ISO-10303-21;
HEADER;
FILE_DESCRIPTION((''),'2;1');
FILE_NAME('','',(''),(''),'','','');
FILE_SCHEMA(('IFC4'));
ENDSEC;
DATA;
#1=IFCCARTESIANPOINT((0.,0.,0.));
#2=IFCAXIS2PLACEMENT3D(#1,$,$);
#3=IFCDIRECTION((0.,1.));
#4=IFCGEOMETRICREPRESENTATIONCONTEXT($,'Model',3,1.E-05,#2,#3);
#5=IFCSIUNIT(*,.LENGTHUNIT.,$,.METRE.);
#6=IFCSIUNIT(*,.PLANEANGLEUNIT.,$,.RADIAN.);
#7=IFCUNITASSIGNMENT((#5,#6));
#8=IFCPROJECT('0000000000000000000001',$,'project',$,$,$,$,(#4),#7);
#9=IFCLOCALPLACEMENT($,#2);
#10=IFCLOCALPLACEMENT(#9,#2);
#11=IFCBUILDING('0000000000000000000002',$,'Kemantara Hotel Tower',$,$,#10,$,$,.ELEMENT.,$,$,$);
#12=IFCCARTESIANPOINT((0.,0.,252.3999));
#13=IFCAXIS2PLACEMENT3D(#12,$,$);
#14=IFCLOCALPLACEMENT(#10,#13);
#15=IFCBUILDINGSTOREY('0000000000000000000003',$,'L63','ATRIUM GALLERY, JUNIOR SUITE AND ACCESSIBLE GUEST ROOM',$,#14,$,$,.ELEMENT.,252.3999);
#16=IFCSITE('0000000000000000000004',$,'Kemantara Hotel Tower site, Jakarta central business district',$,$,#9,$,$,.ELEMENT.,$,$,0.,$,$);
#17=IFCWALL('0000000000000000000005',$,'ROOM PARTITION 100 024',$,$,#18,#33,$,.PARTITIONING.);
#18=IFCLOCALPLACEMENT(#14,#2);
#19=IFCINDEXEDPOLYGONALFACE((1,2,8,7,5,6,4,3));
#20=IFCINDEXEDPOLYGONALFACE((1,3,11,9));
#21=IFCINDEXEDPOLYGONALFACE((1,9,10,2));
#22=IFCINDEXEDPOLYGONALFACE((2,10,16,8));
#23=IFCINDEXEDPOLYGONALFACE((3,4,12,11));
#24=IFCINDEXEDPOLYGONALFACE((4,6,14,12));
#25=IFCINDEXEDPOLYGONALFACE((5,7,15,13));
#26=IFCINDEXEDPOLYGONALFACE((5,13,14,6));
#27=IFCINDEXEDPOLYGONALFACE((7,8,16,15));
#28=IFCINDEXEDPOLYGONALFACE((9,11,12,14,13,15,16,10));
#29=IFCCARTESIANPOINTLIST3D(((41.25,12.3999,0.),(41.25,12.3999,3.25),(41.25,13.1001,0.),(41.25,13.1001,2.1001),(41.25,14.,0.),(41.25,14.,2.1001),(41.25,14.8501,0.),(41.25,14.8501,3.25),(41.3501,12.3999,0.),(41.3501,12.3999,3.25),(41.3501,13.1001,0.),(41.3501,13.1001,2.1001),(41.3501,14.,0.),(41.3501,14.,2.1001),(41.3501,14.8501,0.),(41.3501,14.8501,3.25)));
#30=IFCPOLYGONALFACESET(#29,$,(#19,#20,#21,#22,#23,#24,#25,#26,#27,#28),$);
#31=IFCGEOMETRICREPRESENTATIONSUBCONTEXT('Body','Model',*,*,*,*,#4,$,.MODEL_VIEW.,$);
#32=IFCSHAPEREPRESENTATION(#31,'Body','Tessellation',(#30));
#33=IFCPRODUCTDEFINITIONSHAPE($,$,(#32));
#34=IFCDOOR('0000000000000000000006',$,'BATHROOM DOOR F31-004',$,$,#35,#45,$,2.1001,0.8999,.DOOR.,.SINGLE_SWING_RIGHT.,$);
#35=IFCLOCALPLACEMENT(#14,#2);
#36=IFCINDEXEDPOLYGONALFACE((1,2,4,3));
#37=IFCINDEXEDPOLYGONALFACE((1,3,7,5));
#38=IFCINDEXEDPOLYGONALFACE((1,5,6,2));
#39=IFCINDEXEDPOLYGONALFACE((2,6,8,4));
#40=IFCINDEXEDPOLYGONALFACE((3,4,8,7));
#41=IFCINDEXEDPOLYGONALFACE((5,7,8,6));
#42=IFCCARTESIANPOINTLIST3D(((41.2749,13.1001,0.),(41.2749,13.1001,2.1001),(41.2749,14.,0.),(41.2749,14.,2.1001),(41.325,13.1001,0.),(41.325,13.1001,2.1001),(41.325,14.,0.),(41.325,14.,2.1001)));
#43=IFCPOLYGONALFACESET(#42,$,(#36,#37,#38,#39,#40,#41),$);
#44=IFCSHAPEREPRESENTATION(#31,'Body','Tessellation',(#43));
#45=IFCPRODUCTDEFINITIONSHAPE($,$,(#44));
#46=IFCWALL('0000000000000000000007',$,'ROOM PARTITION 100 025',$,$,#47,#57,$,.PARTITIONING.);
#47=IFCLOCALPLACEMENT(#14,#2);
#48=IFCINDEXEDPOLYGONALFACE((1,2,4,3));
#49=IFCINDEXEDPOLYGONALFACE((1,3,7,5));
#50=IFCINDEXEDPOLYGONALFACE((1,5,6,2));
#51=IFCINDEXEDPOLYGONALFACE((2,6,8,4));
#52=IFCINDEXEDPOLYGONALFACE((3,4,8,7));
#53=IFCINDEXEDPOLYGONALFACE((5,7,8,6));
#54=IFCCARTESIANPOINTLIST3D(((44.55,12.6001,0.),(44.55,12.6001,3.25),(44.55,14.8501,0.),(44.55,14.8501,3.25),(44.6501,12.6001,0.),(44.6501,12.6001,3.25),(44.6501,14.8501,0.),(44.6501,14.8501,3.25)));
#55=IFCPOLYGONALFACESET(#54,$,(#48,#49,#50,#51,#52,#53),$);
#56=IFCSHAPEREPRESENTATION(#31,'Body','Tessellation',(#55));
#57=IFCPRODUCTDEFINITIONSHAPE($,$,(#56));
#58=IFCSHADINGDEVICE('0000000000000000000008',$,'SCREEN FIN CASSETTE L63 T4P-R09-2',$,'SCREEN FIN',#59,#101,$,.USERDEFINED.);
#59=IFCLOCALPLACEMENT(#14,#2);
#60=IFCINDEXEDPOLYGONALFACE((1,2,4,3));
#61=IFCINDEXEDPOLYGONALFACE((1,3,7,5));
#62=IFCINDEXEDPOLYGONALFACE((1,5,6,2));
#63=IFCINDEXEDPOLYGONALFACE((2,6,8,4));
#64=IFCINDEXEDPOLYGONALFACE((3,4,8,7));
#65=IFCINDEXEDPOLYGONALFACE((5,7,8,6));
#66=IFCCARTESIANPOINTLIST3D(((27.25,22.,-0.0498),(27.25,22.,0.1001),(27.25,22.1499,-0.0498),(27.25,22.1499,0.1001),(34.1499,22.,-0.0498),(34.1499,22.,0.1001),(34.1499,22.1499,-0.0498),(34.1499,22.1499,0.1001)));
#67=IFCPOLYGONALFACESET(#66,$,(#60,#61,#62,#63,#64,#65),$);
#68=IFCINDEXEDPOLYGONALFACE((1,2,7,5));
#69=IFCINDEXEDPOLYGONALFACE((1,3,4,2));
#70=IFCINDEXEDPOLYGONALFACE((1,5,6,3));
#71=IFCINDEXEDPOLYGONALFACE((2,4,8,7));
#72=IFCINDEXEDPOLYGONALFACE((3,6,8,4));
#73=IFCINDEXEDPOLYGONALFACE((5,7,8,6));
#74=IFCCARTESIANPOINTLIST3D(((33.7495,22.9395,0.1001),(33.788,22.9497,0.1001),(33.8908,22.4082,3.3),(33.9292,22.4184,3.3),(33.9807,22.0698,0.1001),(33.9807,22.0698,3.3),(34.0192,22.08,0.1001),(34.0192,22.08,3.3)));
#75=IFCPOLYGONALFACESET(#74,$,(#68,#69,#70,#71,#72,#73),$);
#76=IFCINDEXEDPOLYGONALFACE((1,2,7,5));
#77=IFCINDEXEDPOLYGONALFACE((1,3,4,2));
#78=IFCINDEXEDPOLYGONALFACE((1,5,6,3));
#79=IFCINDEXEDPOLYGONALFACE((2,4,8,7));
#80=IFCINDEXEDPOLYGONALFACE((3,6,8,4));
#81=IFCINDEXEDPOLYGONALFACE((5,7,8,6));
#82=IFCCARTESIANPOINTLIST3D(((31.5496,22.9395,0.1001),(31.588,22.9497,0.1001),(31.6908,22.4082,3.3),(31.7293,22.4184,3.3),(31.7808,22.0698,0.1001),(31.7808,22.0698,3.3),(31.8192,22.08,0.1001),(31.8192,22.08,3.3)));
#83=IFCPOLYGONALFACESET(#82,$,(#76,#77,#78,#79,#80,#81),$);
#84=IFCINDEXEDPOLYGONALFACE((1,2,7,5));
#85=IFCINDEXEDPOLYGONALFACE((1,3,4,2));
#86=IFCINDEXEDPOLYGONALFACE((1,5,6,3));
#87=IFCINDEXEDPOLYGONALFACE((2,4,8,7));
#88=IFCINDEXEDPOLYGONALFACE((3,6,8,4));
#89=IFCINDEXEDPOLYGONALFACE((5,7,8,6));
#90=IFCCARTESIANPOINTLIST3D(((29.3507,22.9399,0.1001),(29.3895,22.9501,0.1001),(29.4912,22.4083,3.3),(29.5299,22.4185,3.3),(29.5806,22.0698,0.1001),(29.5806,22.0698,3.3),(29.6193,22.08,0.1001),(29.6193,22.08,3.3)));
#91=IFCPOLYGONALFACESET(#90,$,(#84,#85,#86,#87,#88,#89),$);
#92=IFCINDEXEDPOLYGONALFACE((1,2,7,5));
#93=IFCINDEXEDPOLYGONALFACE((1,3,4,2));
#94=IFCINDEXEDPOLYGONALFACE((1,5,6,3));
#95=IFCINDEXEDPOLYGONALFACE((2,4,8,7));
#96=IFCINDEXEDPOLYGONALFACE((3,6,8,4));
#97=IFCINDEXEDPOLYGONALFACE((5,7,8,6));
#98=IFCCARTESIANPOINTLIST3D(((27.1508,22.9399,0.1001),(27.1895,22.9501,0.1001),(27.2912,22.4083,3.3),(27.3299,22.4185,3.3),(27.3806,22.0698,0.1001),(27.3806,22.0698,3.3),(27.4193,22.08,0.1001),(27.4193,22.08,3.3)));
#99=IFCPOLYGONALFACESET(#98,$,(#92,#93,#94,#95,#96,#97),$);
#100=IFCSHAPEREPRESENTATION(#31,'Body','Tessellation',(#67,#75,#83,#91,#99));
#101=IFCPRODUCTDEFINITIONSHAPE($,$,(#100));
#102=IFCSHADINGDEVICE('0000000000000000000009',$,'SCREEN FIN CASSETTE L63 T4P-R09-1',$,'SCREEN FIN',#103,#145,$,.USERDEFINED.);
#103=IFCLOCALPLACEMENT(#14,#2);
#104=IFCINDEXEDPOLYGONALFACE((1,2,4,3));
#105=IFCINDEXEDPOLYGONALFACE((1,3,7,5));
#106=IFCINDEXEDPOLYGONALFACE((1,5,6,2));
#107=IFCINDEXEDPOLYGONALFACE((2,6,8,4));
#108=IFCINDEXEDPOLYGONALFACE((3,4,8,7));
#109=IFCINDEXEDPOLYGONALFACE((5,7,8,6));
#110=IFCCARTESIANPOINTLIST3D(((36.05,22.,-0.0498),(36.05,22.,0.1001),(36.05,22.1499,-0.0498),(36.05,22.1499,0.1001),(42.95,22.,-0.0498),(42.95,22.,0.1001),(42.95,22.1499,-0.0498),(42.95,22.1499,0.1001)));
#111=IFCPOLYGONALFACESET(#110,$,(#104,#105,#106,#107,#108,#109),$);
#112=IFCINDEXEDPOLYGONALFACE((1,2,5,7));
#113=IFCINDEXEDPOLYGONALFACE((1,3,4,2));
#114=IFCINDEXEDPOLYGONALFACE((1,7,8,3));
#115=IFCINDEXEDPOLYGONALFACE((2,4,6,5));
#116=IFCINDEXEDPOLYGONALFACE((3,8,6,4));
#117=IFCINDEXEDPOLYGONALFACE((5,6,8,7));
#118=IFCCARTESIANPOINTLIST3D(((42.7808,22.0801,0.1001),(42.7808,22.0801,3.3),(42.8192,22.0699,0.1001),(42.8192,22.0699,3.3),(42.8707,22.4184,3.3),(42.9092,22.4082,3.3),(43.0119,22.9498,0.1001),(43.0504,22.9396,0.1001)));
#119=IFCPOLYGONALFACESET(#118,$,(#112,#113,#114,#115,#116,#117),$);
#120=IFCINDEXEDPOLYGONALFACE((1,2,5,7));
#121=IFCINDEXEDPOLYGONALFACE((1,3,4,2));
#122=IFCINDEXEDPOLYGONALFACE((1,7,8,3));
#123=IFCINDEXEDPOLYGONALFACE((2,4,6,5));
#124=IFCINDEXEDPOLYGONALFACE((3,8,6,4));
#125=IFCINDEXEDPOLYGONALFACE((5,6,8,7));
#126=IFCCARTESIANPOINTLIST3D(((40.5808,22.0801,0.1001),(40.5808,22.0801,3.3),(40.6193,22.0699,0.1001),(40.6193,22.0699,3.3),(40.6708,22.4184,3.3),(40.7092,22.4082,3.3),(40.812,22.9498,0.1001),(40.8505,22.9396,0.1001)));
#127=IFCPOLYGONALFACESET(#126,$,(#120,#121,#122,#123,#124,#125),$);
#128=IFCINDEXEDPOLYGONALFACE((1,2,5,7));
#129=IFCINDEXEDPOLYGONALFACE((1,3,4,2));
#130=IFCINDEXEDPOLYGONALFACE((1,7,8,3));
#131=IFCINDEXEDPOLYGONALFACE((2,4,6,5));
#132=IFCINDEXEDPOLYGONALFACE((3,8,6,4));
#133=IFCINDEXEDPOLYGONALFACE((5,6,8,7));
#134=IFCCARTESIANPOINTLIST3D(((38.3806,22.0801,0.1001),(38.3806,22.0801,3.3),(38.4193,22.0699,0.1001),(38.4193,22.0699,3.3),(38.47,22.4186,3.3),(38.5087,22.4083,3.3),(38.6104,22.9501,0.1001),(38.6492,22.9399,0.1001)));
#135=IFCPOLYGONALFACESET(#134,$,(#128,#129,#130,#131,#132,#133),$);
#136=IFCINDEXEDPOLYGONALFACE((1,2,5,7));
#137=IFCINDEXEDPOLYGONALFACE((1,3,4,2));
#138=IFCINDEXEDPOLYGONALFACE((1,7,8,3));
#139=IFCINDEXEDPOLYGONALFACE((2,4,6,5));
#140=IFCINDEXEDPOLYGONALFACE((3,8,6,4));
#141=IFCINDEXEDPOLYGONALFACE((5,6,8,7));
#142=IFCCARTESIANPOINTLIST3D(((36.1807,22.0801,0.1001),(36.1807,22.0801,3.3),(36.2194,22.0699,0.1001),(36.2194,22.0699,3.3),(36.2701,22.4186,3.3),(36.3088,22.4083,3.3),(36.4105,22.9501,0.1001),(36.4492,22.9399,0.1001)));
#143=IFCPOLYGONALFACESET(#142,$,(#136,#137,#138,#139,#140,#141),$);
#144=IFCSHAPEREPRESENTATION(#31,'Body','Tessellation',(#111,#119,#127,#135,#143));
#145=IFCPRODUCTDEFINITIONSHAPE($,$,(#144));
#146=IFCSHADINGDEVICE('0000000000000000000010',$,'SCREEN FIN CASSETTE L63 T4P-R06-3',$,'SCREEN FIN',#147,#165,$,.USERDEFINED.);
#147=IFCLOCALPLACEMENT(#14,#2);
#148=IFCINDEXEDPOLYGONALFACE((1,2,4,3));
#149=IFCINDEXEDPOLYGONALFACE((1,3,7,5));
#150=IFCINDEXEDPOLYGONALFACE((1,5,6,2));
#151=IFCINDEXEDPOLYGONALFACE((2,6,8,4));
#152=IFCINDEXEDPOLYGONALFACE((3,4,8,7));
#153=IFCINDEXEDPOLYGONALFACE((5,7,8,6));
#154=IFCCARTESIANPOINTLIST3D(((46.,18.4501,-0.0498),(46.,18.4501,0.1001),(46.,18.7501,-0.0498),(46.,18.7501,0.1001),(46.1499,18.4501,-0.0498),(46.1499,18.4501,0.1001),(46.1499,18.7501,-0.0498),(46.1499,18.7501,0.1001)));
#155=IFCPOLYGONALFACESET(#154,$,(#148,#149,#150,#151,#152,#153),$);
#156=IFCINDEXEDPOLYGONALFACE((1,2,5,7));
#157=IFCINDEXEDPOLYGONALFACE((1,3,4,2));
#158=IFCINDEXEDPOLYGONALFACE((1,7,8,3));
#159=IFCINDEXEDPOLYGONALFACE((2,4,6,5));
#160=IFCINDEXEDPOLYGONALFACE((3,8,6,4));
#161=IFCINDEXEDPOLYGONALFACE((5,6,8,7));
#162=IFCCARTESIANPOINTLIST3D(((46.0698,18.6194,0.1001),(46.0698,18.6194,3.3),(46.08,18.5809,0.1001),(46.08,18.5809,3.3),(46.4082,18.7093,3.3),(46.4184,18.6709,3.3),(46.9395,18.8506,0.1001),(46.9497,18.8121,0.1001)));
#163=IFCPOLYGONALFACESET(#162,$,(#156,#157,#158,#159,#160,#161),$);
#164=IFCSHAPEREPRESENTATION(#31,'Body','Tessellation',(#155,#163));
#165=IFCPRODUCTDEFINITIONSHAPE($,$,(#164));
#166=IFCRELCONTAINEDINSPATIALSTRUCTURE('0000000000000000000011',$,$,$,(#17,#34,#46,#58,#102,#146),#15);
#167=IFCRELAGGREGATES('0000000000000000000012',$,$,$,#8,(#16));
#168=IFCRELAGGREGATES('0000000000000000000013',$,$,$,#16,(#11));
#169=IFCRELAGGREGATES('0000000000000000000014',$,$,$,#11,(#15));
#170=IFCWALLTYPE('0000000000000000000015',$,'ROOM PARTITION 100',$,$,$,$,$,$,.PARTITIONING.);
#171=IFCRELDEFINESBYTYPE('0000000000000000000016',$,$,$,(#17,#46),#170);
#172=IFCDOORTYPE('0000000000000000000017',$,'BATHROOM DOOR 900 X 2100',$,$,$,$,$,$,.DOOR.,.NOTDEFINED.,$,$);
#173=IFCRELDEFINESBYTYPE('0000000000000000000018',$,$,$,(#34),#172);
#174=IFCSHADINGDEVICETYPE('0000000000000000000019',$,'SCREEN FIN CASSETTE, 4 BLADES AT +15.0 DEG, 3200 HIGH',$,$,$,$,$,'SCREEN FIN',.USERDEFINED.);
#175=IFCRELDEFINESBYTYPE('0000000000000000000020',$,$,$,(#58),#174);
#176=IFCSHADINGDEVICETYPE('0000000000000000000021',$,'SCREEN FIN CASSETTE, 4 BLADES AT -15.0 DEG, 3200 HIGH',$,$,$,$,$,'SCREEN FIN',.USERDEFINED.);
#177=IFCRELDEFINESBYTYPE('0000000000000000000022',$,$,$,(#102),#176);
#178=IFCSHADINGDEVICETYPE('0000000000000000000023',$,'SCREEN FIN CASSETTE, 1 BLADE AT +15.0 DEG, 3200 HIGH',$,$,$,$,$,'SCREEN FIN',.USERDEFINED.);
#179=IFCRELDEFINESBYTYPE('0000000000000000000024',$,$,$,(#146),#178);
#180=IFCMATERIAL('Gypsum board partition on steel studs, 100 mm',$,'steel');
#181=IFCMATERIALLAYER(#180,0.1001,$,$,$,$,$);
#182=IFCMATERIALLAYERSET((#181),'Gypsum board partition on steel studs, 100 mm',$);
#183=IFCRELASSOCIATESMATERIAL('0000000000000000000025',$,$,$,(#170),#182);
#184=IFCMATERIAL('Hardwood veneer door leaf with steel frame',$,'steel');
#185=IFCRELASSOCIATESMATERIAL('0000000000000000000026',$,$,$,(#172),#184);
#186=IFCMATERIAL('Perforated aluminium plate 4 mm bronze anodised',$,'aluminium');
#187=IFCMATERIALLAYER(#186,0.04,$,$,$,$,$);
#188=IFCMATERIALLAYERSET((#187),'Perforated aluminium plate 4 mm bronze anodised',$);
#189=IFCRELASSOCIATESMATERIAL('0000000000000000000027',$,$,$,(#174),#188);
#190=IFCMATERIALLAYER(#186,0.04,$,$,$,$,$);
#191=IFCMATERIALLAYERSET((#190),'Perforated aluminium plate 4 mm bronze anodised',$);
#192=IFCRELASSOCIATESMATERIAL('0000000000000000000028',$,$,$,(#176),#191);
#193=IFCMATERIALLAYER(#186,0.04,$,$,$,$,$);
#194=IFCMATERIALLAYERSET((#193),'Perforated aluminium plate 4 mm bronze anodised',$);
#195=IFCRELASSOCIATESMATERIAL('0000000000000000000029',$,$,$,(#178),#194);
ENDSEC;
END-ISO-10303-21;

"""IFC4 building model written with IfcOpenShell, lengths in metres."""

from ifc_helpers import new_model, si_unit, direction, frame, frame_2d, origin, origin_2d, place, context, subcontext, project, spatial, polyline, rectangle, outline, extrude, source, transform, mapped, material, layer, layer_set, type_object, element, fill, save


model = new_model("IFC4")

# Units and contexts
model_context = context("Model", 3, precision=1e-05, world=origin(), true_north=direction((0.0, 1.0)))
body_context = subcontext(model_context, "Body", "Model", "MODEL_VIEW")
ifc_project = project(units=[si_unit("LENGTHUNIT", "METRE"), si_unit("PLANEANGLEUNIT", "RADIAN")], contexts=[model_context])

# Site, building, storey
site_placement = place(None, origin())
site = spatial("IfcSite", under=ifc_project, at=site_placement, Name="Kemantara Hotel Tower site, Jakarta central business district", CompositionType="ELEMENT", RefElevation=0.0)
building_placement = place(site_placement, origin())
building = spatial("IfcBuilding", under=site, at=building_placement, Name="Kemantara Hotel Tower", CompositionType="ELEMENT")
storey_placement = place(building_placement, frame((0.0, 0.0, 252.3999)))
storey = spatial("IfcBuildingStorey", under=building, at=storey_placement, Name="L63", Description="ATRIUM GALLERY, JUNIOR SUITE AND ACCESSIBLE GUEST ROOM", CompositionType="ELEMENT", Elevation=252.3999)

# Shared definitions
ifc_material_1 = material(Name="Gypsum board partition on steel studs, 100 mm", Category="steel")
ifc_layer_1 = layer(ifc_material_1, 0.1001)
ifc_layer_set_1 = layer_set([ifc_layer_1], Name="Gypsum board partition on steel studs, 100 mm")
wall_type_1 = type_object("IfcWallType", Name="ROOM PARTITION 100", PredefinedType="PARTITIONING", material=ifc_layer_set_1)

# Wall, opening, door
wall_1_placement = place(storey_placement, frame((41.3, 14.8501, 0.0), z_axis=(0.0, 0.0, 1.0), x_axis=(0.0, -1.0, 0.0)))
wall_1 = element("IfcWall", 1, at=wall_1_placement, inside=storey, type_object=wall_type_1, Name="ROOM PARTITION 100 024", PredefinedType="PARTITIONING", context=body_context, shape_type="SweptSolid", body=[
    extrude(rectangle(XDim=2.4502, YDim=0.1001, at=frame_2d((1.2251, 0.0))), origin(), (0.0, 0.0, 1.0), 3.25),
])
opening_placement = place(wall_1_placement, frame((0.8501, 0.0, 0.0)))
opening = element("IfcOpeningElement", 2, at=opening_placement, cuts=wall_1, PredefinedType="OPENING", context=body_context, shape_type="SweptSolid", body=[
    extrude(rectangle(XDim=0.8999, YDim=2.1001, at=frame_2d((0.45, 1.05))), frame((0.0, 0.0601, 0.0), z_axis=(0.0, -1.0, 0.0), x_axis=(1.0, 0.0, 0.0)), (0.0, 0.0, 1.0), 0.1201),
])
ifc_material_2 = material(Name="Hardwood veneer door leaf with steel frame", Category="steel")
door_type = type_object("IfcDoorType", Name="BATHROOM DOOR 900 X 2100", OperationType="NOTDEFINED", PredefinedType="DOOR", material=ifc_material_2)
door_placement = place(opening_placement, origin())
door = element("IfcDoor", 3, at=door_placement, inside=storey, type_object=door_type, Name="BATHROOM DOOR F31-004", OperationType="SINGLE_SWING_RIGHT", OverallHeight=2.1001, OverallWidth=0.8999, PredefinedType="DOOR", context=body_context, shape_type="SweptSolid", body=[
    extrude(rectangle(XDim=0.8999, YDim=2.1001, at=frame_2d((0.45, 1.05))), frame((0.0, 0.0249, 0.0), z_axis=(0.0, -1.0, 0.0), x_axis=(1.0, 0.0, 0.0)), (0.0, 0.0, 1.0), 0.05),
])
fill(opening, door)

# Wall
wall_2_placement = place(storey_placement, frame((44.6001, 12.6001, 0.0), z_axis=(0.0, 0.0, 1.0), x_axis=(0.0, 1.0, 0.0)))
element("IfcWall", 4, at=wall_2_placement, inside=storey, type_object=wall_type_1, Name="ROOM PARTITION 100 025", PredefinedType="PARTITIONING", context=body_context, shape_type="SweptSolid", body=[
    extrude(rectangle(XDim=2.25, YDim=0.1001, at=frame_2d((1.125, 0.0))), origin(), (0.0, 0.0, 1.0), 3.25),
])

# Shading devices
ifc_material_3 = material(Name="Perforated aluminium plate 4 mm bronze anodised", Category="aluminium")
ifc_layer_2 = layer(ifc_material_3, 0.04)
ifc_layer_set_2 = layer_set([ifc_layer_2], Name="Perforated aluminium plate 4 mm bronze anodised")
shading_device_type_1 = type_object("IfcShadingDeviceType", Name="SCREEN FIN CASSETTE, 4 BLADES AT +15.0 DEG, 3200 HIGH", ElementType="SCREEN FIN", PredefinedType="USERDEFINED", material=ifc_layer_set_2)
shared_shape_1 = source(origin(), body_context, "Body", "SweptSolid", [
    extrude(rectangle(XDim=6.8999, YDim=0.1499, at=origin_2d()), frame((3.3, -0.075, -0.1499), z_axis=(0.0, 0.0, 1.0), x_axis=(1.0, 0.0, 0.0)), (0.0, 0.0, 1.0), 0.1499),
    extrude(outline(polyline([(0.0, 0.0), (0.8999, 0.0), (0.3501, 3.2), (0.0, 3.2), (0.0, 0.0)])), frame((0.0193, -0.0698, 0.0), z_axis=(-0.966438, -0.256901, 0.0), x_axis=(0.256901, -0.966438, 0.0)), (0.0, 0.0, 1.0), 0.0398),
    extrude(outline(polyline([(0.0, 0.0), (0.8999, 0.0), (0.3501, 3.2), (0.0, 3.2), (0.0, 0.0)])), frame((2.2192, -0.0698, 0.0), z_axis=(-0.966438, -0.256901, 0.0), x_axis=(0.256901, -0.966438, 0.0)), (0.0, 0.0, 1.0), 0.0398),
    extrude(outline(polyline([(0.0, 0.0), (0.8999, 0.0), (0.3501, 3.2), (0.0, 3.2), (0.0, 0.0)])), frame((4.4194, -0.0698, 0.0), z_axis=(-0.966838, -0.255391, 0.0), x_axis=(0.255391, -0.966838, 0.0)), (0.0, 0.0, 1.0), 0.04),
    extrude(outline(polyline([(0.0, 0.0), (0.8999, 0.0), (0.3501, 3.2), (0.0, 3.2), (0.0, 0.0)])), frame((6.6194, -0.0698, 0.0), z_axis=(-0.966838, -0.255391, 0.0), x_axis=(0.255391, -0.966838, 0.0)), (0.0, 0.0, 1.0), 0.04),
])
shading_device_1_placement = place(storey_placement, frame((34.0, 22.0, 0.1001), z_axis=(0.0, 0.0, 1.0), x_axis=(-1.0, 0.0, 0.0)))
element("IfcShadingDevice", 5, at=shading_device_1_placement, inside=storey, type_object=shading_device_type_1, Name="SCREEN FIN CASSETTE L63 T4P-R09-2", ObjectType="SCREEN FIN", PredefinedType="USERDEFINED", context=body_context, shape_type="MappedRepresentation", body=[
    mapped(shared_shape_1, transform((0.0, 0.0, 0.0))),
])
ifc_layer_3 = layer(ifc_material_3, 0.04)
ifc_layer_set_3 = layer_set([ifc_layer_3], Name="Perforated aluminium plate 4 mm bronze anodised")
shading_device_type_2 = type_object("IfcShadingDeviceType", Name="SCREEN FIN CASSETTE, 4 BLADES AT -15.0 DEG, 3200 HIGH", ElementType="SCREEN FIN", PredefinedType="USERDEFINED", material=ifc_layer_set_3)
shared_shape_2 = source(origin(), body_context, "Body", "SweptSolid", [
    extrude(rectangle(XDim=6.8999, YDim=0.1499, at=origin_2d()), frame((3.3, -0.075, -0.1499), z_axis=(0.0, 0.0, 1.0), x_axis=(1.0, 0.0, 0.0)), (0.0, 0.0, 1.0), 0.1499),
    extrude(outline(polyline([(0.0, 0.0), (0.8999, 0.0), (0.3501, 3.2), (0.0, 3.2), (0.0, 0.0)])), frame((0.0193, -0.0801, 0.0), z_axis=(-0.966438, 0.256901, 0.0), x_axis=(-0.256901, -0.966438, 0.0)), (0.0, 0.0, 1.0), 0.0398),
    extrude(outline(polyline([(0.0, 0.0), (0.8999, 0.0), (0.3501, 3.2), (0.0, 3.2), (0.0, 0.0)])), frame((2.2192, -0.0801, 0.0), z_axis=(-0.966438, 0.256901, 0.0), x_axis=(-0.256901, -0.966438, 0.0)), (0.0, 0.0, 1.0), 0.0398),
    extrude(outline(polyline([(0.0, 0.0), (0.8999, 0.0), (0.3501, 3.2), (0.0, 3.2), (0.0, 0.0)])), frame((4.4194, -0.0801, 0.0), z_axis=(-0.966838, 0.255391, 0.0), x_axis=(-0.255391, -0.966838, 0.0)), (0.0, 0.0, 1.0), 0.04),
    extrude(outline(polyline([(0.0, 0.0), (0.8999, 0.0), (0.3501, 3.2), (0.0, 3.2), (0.0, 0.0)])), frame((6.6194, -0.0801, 0.0), z_axis=(-0.966838, 0.255391, 0.0), x_axis=(-0.255391, -0.966838, 0.0)), (0.0, 0.0, 1.0), 0.04),
])
shading_device_2_placement = place(storey_placement, frame((42.8, 22.0, 0.1001), z_axis=(0.0, 0.0, 1.0), x_axis=(-1.0, 0.0, 0.0)))
element("IfcShadingDevice", 6, at=shading_device_2_placement, inside=storey, type_object=shading_device_type_2, Name="SCREEN FIN CASSETTE L63 T4P-R09-1", ObjectType="SCREEN FIN", PredefinedType="USERDEFINED", context=body_context, shape_type="MappedRepresentation", body=[
    mapped(shared_shape_2, transform((0.0, 0.0, 0.0))),
])
ifc_layer_4 = layer(ifc_material_3, 0.04)
ifc_layer_set_4 = layer_set([ifc_layer_4], Name="Perforated aluminium plate 4 mm bronze anodised")
shading_device_type_3 = type_object("IfcShadingDeviceType", Name="SCREEN FIN CASSETTE, 1 BLADE AT +15.0 DEG, 3200 HIGH", ElementType="SCREEN FIN", PredefinedType="USERDEFINED", material=ifc_layer_set_4)
shared_shape_3 = source(origin(), body_context, "Body", "SweptSolid", [
    extrude(rectangle(XDim=0.3, YDim=0.1499, at=origin_2d()), frame((0.0, -0.075, -0.1499), z_axis=(0.0, 0.0, 1.0), x_axis=(1.0, 0.0, 0.0)), (0.0, 0.0, 1.0), 0.1499),
    extrude(outline(polyline([(0.0, 0.0), (0.8999, 0.0), (0.3501, 3.2), (0.0, 3.2), (0.0, 0.0)])), frame((0.0193, -0.0698, 0.0), z_axis=(-0.966438, -0.256901, 0.0), x_axis=(0.256901, -0.966438, 0.0)), (0.0, 0.0, 1.0), 0.0398),
])
shading_device_3_placement = place(storey_placement, frame((46.0, 18.6001, 0.1001), z_axis=(0.0, 0.0, 1.0), x_axis=(0.0, 1.0, 0.0)))
element("IfcShadingDevice", 7, at=shading_device_3_placement, inside=storey, type_object=shading_device_type_3, Name="SCREEN FIN CASSETTE L63 T4P-R06-3", ObjectType="SCREEN FIN", PredefinedType="USERDEFINED", context=body_context, shape_type="MappedRepresentation", body=[
    mapped(shared_shape_3, transform((0.0, 0.0, 0.0))),
])

save(model, "model.ifc")
